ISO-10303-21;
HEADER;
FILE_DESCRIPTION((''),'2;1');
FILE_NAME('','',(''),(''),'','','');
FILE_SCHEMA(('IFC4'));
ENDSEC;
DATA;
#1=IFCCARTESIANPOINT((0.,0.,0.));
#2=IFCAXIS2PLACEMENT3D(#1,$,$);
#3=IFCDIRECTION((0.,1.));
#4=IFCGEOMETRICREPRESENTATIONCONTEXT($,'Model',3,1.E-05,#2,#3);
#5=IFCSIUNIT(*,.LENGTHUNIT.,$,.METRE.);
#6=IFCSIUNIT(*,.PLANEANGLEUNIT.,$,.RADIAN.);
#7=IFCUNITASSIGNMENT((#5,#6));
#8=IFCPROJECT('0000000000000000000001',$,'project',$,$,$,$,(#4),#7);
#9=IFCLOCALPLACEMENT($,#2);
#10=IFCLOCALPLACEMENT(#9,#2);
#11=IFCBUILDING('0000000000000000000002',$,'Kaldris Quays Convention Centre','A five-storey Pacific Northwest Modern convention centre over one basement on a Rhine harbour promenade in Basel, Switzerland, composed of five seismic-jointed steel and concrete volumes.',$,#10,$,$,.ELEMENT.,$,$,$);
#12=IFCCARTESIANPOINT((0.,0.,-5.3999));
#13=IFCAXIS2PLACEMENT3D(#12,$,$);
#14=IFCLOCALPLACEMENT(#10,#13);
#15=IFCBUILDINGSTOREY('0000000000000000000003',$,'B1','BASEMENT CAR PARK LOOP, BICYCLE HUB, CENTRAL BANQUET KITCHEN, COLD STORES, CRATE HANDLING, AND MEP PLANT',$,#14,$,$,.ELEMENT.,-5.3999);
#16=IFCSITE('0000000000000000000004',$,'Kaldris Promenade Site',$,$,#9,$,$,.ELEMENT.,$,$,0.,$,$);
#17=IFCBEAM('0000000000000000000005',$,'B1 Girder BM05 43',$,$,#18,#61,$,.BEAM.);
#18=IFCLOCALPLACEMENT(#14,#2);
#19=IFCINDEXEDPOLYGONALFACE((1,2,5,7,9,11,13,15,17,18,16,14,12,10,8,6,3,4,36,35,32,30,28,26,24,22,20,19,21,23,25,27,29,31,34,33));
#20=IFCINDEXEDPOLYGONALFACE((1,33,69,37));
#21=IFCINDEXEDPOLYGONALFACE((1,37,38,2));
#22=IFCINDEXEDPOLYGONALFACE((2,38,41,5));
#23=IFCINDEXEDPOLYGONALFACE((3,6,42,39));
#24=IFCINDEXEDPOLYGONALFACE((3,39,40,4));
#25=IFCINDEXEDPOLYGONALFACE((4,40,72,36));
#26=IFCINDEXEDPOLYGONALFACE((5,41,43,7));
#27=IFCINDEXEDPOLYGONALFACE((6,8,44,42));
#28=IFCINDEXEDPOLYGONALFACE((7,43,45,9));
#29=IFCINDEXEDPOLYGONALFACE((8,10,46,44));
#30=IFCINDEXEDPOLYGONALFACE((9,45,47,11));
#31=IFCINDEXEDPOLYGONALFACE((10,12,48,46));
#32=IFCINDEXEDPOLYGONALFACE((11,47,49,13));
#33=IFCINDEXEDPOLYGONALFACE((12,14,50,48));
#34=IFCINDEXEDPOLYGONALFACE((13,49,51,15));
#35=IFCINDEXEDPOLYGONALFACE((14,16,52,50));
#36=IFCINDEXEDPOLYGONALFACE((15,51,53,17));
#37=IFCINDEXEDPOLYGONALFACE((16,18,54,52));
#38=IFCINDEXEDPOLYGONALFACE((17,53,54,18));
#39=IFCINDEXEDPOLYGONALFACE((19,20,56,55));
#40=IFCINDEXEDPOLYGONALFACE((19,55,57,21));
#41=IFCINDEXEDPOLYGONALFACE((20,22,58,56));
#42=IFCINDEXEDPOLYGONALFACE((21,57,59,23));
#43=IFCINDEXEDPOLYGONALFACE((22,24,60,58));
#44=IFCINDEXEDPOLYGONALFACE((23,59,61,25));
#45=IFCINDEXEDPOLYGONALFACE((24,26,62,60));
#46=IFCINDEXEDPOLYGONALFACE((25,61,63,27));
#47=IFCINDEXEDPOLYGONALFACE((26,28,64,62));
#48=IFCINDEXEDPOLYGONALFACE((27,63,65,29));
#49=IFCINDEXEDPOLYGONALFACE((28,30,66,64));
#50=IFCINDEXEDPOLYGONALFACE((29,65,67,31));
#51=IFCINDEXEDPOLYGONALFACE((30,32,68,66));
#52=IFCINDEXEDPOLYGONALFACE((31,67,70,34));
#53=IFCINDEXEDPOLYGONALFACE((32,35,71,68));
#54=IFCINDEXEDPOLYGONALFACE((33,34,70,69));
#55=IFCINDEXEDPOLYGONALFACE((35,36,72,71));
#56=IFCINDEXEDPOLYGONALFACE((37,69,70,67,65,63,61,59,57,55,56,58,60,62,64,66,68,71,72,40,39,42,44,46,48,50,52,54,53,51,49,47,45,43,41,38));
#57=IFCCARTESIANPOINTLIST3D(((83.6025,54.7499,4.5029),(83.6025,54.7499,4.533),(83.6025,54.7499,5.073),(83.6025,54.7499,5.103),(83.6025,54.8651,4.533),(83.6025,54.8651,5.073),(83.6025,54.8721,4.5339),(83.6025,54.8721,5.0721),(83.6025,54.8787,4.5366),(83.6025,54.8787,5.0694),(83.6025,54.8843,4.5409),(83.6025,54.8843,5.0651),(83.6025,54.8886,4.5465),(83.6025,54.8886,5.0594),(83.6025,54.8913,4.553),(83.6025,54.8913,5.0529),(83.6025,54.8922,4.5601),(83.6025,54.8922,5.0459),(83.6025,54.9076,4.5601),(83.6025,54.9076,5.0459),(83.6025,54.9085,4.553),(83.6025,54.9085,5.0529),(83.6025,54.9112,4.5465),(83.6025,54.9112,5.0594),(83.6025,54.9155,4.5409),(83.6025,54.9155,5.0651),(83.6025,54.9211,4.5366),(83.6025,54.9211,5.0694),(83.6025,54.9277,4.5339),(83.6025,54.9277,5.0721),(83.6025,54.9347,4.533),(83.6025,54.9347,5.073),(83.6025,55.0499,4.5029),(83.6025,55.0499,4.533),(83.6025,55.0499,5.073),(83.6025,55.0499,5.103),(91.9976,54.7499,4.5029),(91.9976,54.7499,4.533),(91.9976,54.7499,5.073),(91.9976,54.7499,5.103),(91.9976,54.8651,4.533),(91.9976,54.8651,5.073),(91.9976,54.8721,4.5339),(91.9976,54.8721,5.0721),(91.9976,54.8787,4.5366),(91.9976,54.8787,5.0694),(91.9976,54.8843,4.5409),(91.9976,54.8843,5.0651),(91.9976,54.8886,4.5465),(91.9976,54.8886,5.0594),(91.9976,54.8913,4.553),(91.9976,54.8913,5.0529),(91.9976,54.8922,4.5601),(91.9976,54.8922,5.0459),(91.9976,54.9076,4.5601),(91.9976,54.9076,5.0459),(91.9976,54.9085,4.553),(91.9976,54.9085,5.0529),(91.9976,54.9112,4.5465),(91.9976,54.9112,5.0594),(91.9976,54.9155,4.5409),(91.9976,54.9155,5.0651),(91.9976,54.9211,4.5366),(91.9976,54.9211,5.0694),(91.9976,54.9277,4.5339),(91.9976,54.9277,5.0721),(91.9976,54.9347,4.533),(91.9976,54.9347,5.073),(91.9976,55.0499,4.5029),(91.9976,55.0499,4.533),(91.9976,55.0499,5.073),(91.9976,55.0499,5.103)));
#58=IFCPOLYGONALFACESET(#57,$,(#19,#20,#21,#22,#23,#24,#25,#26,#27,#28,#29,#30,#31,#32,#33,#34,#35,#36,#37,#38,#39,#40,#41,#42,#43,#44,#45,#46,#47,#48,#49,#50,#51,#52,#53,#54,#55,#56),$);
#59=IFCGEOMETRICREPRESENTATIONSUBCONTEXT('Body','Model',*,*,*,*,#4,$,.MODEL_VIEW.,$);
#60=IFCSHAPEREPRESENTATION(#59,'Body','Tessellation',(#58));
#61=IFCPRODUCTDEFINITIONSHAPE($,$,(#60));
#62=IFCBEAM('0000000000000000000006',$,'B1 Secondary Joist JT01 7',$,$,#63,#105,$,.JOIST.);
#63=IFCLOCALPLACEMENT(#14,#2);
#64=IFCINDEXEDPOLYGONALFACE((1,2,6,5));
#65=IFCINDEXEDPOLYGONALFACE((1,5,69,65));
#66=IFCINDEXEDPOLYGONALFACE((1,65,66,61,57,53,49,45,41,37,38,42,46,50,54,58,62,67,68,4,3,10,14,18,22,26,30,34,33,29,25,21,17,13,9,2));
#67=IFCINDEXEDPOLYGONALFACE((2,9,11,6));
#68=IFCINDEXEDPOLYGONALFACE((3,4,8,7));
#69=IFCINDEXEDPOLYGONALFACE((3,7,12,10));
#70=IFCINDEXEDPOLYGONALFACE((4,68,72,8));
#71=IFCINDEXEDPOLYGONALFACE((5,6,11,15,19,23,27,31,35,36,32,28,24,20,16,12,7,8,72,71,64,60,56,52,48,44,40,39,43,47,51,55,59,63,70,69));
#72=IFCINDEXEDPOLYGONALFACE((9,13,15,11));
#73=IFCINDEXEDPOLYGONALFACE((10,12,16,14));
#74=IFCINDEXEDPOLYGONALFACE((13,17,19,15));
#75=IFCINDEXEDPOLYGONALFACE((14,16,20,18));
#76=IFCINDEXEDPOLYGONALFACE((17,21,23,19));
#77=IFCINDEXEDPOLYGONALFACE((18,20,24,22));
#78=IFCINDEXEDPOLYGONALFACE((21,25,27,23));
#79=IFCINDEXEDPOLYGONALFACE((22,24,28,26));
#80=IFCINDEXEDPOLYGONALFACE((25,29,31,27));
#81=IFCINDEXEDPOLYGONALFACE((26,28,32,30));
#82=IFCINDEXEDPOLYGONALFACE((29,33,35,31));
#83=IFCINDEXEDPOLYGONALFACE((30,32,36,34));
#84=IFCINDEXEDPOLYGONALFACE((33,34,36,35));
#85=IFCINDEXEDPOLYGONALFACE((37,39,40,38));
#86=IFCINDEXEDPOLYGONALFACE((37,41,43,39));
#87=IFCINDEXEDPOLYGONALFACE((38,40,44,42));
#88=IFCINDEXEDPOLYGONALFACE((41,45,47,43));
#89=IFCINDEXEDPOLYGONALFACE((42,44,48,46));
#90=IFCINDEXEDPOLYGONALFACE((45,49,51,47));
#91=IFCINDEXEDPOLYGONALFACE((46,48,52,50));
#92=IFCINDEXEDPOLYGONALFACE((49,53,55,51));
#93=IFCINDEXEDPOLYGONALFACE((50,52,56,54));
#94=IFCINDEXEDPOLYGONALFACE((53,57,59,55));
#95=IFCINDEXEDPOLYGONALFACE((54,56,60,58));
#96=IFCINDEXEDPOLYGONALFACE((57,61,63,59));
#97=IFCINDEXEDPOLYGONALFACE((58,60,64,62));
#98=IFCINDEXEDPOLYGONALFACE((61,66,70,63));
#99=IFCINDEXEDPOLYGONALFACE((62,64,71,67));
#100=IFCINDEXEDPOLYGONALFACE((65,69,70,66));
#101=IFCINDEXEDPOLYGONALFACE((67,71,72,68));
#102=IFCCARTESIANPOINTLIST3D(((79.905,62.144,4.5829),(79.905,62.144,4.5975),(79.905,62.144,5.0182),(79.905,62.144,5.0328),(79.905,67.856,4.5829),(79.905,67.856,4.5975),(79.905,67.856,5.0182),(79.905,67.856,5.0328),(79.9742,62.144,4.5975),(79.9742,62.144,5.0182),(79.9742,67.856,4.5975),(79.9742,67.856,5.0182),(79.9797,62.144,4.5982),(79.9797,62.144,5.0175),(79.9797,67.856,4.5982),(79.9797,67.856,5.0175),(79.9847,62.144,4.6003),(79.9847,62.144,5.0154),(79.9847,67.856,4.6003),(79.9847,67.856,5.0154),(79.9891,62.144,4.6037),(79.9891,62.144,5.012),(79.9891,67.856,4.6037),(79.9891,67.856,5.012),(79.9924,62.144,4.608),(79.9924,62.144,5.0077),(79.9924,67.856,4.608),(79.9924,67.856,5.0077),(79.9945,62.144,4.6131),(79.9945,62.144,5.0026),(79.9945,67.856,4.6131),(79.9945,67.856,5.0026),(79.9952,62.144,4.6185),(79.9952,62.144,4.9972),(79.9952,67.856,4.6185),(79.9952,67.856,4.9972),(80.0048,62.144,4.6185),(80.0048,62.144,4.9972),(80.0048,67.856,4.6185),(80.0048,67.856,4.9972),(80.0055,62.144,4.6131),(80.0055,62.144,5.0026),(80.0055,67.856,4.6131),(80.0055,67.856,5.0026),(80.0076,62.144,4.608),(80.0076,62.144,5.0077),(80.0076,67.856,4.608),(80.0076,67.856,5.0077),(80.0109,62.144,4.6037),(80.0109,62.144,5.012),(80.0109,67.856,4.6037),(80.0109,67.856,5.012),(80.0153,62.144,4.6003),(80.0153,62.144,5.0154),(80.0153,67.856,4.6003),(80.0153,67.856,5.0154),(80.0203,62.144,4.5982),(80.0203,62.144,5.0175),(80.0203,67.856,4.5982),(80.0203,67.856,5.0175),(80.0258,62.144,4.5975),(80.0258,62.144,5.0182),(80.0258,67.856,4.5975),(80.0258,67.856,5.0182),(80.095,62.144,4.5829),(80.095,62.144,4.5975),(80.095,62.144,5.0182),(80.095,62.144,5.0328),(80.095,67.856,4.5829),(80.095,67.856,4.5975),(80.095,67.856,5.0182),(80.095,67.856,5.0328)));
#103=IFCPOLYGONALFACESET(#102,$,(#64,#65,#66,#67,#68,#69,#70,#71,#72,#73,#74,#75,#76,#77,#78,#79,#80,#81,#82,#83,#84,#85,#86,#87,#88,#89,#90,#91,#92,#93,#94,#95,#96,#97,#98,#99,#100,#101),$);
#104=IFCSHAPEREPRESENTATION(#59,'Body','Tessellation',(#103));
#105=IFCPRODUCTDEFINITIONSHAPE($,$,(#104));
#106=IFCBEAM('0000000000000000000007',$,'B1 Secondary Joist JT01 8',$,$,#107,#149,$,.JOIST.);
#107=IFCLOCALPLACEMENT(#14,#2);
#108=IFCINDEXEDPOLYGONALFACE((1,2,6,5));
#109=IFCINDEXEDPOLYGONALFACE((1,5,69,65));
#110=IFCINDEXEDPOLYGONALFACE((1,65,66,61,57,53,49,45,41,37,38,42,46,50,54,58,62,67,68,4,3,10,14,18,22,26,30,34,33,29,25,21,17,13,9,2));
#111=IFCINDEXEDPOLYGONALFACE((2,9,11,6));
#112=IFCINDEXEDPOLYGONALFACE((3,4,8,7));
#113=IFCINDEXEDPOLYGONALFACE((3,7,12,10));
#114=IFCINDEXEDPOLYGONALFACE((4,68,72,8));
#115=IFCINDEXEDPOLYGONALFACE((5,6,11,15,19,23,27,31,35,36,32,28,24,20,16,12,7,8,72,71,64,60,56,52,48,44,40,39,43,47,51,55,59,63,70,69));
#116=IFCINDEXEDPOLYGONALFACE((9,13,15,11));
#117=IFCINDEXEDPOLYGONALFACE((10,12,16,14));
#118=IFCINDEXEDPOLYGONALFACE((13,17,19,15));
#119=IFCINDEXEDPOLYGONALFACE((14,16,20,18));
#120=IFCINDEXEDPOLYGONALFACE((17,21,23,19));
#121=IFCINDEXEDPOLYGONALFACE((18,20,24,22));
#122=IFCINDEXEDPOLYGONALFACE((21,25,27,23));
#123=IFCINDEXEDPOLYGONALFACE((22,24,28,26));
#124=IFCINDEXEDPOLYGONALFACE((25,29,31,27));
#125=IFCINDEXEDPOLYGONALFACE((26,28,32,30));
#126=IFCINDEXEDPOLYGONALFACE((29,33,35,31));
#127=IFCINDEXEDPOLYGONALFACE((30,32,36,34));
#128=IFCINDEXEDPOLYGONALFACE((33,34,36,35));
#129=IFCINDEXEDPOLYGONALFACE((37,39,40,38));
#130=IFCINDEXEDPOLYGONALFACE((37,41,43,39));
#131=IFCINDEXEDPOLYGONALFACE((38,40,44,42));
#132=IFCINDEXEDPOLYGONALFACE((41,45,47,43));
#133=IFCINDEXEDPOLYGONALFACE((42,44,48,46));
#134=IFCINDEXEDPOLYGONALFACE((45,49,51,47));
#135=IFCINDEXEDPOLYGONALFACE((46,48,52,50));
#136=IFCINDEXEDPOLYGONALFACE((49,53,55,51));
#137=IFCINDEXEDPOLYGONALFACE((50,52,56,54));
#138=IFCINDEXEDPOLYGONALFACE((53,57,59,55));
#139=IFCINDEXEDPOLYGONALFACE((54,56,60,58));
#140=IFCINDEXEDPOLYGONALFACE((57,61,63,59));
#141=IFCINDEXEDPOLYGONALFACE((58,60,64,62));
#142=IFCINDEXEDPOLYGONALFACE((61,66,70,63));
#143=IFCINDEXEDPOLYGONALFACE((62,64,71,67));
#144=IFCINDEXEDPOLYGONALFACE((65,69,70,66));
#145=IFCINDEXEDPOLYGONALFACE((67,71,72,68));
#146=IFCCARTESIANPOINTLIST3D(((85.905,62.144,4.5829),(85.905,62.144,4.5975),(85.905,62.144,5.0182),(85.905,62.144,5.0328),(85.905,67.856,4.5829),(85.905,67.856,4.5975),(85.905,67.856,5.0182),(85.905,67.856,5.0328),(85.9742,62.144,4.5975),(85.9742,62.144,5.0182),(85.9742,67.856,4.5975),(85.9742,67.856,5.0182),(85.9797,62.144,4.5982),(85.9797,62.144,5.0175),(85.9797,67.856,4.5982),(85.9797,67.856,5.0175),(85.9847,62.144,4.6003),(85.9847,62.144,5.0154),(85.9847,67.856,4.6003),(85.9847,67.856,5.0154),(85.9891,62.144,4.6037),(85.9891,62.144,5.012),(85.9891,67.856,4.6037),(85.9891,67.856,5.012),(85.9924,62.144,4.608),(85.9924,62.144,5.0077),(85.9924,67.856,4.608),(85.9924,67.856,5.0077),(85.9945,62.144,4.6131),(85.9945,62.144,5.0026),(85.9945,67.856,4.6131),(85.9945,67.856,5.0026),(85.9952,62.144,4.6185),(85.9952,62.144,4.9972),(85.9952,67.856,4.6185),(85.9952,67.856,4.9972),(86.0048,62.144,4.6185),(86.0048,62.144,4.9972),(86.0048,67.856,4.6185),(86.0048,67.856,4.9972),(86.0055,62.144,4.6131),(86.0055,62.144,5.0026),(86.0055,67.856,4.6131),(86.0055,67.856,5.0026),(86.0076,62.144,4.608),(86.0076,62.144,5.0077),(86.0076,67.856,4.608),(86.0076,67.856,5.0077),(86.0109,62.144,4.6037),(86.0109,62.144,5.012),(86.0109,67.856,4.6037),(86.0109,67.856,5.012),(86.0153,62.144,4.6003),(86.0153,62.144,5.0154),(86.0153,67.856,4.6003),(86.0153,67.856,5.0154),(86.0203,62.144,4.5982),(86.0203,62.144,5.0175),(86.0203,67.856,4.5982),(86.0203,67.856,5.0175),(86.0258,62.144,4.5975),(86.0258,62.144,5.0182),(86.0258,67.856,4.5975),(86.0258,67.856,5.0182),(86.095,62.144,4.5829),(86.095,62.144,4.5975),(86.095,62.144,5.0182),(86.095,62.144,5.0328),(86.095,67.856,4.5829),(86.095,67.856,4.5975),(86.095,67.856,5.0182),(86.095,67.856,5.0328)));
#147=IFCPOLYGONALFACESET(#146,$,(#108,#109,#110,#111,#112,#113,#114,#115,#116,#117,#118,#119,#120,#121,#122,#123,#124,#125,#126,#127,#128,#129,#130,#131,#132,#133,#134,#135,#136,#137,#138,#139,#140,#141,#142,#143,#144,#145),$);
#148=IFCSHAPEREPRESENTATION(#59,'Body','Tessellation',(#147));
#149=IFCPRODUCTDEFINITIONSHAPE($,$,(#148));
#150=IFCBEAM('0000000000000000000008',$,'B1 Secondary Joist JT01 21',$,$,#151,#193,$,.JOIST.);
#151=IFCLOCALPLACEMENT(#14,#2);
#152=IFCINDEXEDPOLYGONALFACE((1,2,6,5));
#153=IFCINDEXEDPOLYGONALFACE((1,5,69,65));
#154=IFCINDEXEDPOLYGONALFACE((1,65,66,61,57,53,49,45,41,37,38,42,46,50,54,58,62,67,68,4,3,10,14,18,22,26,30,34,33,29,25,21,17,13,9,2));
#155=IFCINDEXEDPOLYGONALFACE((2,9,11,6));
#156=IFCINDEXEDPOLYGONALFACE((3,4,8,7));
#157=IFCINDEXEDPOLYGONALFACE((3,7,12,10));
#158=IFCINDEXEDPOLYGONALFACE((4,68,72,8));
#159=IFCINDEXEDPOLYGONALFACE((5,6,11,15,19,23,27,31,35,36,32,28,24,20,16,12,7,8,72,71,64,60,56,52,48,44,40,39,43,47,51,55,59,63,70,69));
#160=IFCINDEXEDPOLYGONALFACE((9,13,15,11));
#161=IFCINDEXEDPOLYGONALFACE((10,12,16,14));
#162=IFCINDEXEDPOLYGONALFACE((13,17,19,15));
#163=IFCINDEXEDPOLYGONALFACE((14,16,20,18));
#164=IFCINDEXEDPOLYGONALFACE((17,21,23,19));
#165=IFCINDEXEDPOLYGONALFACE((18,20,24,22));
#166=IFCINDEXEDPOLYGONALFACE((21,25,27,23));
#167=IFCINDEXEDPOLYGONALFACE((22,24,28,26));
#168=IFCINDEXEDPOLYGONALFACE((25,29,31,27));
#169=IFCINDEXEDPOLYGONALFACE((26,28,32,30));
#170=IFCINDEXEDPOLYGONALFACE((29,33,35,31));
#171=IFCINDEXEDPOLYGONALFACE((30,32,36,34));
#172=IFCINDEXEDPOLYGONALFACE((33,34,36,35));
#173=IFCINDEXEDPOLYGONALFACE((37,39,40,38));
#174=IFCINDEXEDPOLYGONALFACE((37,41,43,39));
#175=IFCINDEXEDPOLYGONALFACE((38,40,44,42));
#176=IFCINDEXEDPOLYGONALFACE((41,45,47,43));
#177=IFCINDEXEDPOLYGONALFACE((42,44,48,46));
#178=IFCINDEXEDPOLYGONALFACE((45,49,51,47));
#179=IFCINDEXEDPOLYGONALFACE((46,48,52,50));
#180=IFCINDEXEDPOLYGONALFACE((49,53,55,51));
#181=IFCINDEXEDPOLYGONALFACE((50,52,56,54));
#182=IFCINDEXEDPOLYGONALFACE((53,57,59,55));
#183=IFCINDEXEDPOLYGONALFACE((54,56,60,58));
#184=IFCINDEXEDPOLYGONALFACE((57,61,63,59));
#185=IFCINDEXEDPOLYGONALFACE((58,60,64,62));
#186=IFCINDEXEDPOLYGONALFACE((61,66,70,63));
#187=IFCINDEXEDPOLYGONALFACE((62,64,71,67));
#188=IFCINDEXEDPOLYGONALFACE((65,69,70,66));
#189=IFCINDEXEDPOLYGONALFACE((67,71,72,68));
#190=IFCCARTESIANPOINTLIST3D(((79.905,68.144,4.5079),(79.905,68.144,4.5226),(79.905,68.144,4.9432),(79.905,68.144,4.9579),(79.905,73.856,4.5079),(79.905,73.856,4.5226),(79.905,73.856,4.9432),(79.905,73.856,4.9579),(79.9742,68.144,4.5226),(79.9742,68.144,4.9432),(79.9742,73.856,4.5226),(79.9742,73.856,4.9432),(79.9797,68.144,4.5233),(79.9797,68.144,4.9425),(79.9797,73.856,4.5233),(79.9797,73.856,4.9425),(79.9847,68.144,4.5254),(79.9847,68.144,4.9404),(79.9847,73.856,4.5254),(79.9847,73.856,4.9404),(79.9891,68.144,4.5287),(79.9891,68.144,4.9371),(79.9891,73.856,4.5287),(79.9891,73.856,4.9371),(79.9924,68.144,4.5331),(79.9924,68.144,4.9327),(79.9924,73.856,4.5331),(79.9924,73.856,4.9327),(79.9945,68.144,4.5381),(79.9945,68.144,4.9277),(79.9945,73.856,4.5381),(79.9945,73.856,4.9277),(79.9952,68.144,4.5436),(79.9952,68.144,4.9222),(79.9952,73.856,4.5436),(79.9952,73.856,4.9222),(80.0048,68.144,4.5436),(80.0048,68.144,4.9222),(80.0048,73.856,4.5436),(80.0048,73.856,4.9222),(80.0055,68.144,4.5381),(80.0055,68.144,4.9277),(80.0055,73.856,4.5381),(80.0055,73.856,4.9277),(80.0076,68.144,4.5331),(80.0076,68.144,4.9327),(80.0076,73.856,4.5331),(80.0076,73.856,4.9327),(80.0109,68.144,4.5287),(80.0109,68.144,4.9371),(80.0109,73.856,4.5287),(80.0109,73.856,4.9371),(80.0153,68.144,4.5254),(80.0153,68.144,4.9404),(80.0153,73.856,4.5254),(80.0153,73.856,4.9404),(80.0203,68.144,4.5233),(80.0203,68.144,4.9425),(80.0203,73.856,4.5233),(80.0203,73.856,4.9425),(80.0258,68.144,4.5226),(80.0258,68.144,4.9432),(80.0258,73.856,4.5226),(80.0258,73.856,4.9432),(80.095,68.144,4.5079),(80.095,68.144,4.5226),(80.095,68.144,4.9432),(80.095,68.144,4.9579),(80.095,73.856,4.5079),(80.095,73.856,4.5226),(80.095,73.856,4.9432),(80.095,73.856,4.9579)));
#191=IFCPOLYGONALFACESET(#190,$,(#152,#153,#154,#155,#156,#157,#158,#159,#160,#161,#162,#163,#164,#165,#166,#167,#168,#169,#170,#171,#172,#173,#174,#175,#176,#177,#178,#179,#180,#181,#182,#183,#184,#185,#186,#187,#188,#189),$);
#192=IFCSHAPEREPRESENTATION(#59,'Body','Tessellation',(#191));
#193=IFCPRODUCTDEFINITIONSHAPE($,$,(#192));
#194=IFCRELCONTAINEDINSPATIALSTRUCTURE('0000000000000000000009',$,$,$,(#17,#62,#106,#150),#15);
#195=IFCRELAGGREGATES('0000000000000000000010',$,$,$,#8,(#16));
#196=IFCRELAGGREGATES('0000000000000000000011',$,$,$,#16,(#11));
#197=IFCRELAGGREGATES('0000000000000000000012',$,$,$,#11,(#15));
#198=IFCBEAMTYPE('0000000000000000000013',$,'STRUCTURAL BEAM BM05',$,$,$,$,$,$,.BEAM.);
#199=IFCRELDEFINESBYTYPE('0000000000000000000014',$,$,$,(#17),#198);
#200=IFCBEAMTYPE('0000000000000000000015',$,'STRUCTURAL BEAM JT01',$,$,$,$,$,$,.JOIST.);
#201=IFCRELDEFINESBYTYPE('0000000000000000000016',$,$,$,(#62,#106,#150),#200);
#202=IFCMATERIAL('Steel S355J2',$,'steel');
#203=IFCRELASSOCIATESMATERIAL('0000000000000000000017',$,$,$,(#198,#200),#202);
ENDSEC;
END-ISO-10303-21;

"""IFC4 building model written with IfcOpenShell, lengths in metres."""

from ifc_helpers import new_model, si_unit, direction, frame, origin, origin_2d, place, context, subcontext, project, spatial, i_section, extrude, material, material_profile, profile_set, type_object, element, save


model = new_model("IFC4")

# Units and contexts
model_context = context("Model", 3, precision=1e-05, world=origin(), true_north=direction((0.0, 1.0)))
body_context = subcontext(model_context, "Body", "Model", "MODEL_VIEW")
ifc_project = project(units=[si_unit("LENGTHUNIT", "METRE"), si_unit("PLANEANGLEUNIT", "RADIAN")], contexts=[model_context])

# Site, building, storey
site_placement = place(None, origin())
site = spatial("IfcSite", under=ifc_project, at=site_placement, Name="Kaldris Promenade Site", CompositionType="ELEMENT", RefElevation=0.0)
building_placement = place(site_placement, origin())
building = spatial("IfcBuilding", under=site, at=building_placement, Name="Kaldris Quays Convention Centre", Description="A five-storey Pacific Northwest Modern convention centre over one basement on a Rhine harbour promenade in Basel, Switzerland, composed of five seismic-jointed steel and concrete volumes.", CompositionType="ELEMENT")
storey_placement = place(building_placement, frame((0.0, 0.0, -5.3999)))
storey = spatial("IfcBuildingStorey", under=building, at=storey_placement, Name="B1", Description="BASEMENT CAR PARK LOOP, BICYCLE HUB, CENTRAL BANQUET KITCHEN, COLD STORES, CRATE HANDLING, AND MEP PLANT", CompositionType="ELEMENT", Elevation=-5.3999)

# Shared definitions
ifc_material_1 = material(Name="Steel S355J2", Category="steel")

# Beams
ifc_material_profile_1 = material_profile(ifc_material_1, i_section(OverallWidth=0.3, OverallDepth=0.6001, WebThickness=0.0154, FlangeThickness=0.03, FilletRadius=0.0271, at=origin_2d()), Name="HEB 600")
ifc_profile_set_1 = profile_set([ifc_material_profile_1], Name="Steel S355J2")
beam_type_1 = type_object("IfcBeamType", Name="STRUCTURAL BEAM BM05", PredefinedType="BEAM", material=ifc_profile_set_1)
beam_1_placement = place(storey_placement, frame((83.6025, 54.8999, 4.803), z_axis=(1.0, 0.0, 0.0), x_axis=(0.0, 1.0, 0.0)))
element("IfcBeam", 1, at=beam_1_placement, inside=storey, type_object=beam_type_1, Name="B1 Girder BM05 43", PredefinedType="BEAM", context=body_context, shape_type="SweptSolid", body=[
    extrude(i_section(OverallWidth=0.3, OverallDepth=0.6001, WebThickness=0.0154, FlangeThickness=0.03, FilletRadius=0.0271, at=origin_2d()), origin(), (0.0, 0.0, 1.0), 8.395),
])
ifc_material_profile_2 = material_profile(ifc_material_1, i_section(OverallWidth=0.1899, OverallDepth=0.45, WebThickness=0.0095, FlangeThickness=0.0146, FilletRadius=0.021, at=origin_2d()), Name="IPE 450")
ifc_profile_set_2 = profile_set([ifc_material_profile_2], Name="Steel S355J2")
beam_type_2 = type_object("IfcBeamType", Name="STRUCTURAL BEAM JT01", PredefinedType="JOIST", material=ifc_profile_set_2)
for number, where, z_axis, x_axis, name in (
    (2, (80.0, 62.144, 4.8079), (0.0, 1.0, 0.0), (-1.0, 0.0, 0.0), "B1 Secondary Joist JT01 7"),
    (3, (86.0, 62.144, 4.8079), (0.0, 1.0, 0.0), (-1.0, 0.0, 0.0), "B1 Secondary Joist JT01 8"),
    (4, (80.0, 68.144, 4.7329), (0.0, 1.0, 0.0), (-1.0, 0.0, 0.0), "B1 Secondary Joist JT01 21"),
):
    element("IfcBeam", number, at=place(storey_placement, frame(where, z_axis=z_axis, x_axis=x_axis)), inside=storey, type_object=beam_type_2, Name=name, PredefinedType="JOIST", context=body_context, shape_type="SweptSolid", body=[
        extrude(i_section(OverallWidth=0.1899, OverallDepth=0.45, WebThickness=0.0095, FlangeThickness=0.0146, FilletRadius=0.021, at=origin_2d()), origin(), (0.0, 0.0, 1.0), 5.7119),
    ])

save(model, "model.ifc")
